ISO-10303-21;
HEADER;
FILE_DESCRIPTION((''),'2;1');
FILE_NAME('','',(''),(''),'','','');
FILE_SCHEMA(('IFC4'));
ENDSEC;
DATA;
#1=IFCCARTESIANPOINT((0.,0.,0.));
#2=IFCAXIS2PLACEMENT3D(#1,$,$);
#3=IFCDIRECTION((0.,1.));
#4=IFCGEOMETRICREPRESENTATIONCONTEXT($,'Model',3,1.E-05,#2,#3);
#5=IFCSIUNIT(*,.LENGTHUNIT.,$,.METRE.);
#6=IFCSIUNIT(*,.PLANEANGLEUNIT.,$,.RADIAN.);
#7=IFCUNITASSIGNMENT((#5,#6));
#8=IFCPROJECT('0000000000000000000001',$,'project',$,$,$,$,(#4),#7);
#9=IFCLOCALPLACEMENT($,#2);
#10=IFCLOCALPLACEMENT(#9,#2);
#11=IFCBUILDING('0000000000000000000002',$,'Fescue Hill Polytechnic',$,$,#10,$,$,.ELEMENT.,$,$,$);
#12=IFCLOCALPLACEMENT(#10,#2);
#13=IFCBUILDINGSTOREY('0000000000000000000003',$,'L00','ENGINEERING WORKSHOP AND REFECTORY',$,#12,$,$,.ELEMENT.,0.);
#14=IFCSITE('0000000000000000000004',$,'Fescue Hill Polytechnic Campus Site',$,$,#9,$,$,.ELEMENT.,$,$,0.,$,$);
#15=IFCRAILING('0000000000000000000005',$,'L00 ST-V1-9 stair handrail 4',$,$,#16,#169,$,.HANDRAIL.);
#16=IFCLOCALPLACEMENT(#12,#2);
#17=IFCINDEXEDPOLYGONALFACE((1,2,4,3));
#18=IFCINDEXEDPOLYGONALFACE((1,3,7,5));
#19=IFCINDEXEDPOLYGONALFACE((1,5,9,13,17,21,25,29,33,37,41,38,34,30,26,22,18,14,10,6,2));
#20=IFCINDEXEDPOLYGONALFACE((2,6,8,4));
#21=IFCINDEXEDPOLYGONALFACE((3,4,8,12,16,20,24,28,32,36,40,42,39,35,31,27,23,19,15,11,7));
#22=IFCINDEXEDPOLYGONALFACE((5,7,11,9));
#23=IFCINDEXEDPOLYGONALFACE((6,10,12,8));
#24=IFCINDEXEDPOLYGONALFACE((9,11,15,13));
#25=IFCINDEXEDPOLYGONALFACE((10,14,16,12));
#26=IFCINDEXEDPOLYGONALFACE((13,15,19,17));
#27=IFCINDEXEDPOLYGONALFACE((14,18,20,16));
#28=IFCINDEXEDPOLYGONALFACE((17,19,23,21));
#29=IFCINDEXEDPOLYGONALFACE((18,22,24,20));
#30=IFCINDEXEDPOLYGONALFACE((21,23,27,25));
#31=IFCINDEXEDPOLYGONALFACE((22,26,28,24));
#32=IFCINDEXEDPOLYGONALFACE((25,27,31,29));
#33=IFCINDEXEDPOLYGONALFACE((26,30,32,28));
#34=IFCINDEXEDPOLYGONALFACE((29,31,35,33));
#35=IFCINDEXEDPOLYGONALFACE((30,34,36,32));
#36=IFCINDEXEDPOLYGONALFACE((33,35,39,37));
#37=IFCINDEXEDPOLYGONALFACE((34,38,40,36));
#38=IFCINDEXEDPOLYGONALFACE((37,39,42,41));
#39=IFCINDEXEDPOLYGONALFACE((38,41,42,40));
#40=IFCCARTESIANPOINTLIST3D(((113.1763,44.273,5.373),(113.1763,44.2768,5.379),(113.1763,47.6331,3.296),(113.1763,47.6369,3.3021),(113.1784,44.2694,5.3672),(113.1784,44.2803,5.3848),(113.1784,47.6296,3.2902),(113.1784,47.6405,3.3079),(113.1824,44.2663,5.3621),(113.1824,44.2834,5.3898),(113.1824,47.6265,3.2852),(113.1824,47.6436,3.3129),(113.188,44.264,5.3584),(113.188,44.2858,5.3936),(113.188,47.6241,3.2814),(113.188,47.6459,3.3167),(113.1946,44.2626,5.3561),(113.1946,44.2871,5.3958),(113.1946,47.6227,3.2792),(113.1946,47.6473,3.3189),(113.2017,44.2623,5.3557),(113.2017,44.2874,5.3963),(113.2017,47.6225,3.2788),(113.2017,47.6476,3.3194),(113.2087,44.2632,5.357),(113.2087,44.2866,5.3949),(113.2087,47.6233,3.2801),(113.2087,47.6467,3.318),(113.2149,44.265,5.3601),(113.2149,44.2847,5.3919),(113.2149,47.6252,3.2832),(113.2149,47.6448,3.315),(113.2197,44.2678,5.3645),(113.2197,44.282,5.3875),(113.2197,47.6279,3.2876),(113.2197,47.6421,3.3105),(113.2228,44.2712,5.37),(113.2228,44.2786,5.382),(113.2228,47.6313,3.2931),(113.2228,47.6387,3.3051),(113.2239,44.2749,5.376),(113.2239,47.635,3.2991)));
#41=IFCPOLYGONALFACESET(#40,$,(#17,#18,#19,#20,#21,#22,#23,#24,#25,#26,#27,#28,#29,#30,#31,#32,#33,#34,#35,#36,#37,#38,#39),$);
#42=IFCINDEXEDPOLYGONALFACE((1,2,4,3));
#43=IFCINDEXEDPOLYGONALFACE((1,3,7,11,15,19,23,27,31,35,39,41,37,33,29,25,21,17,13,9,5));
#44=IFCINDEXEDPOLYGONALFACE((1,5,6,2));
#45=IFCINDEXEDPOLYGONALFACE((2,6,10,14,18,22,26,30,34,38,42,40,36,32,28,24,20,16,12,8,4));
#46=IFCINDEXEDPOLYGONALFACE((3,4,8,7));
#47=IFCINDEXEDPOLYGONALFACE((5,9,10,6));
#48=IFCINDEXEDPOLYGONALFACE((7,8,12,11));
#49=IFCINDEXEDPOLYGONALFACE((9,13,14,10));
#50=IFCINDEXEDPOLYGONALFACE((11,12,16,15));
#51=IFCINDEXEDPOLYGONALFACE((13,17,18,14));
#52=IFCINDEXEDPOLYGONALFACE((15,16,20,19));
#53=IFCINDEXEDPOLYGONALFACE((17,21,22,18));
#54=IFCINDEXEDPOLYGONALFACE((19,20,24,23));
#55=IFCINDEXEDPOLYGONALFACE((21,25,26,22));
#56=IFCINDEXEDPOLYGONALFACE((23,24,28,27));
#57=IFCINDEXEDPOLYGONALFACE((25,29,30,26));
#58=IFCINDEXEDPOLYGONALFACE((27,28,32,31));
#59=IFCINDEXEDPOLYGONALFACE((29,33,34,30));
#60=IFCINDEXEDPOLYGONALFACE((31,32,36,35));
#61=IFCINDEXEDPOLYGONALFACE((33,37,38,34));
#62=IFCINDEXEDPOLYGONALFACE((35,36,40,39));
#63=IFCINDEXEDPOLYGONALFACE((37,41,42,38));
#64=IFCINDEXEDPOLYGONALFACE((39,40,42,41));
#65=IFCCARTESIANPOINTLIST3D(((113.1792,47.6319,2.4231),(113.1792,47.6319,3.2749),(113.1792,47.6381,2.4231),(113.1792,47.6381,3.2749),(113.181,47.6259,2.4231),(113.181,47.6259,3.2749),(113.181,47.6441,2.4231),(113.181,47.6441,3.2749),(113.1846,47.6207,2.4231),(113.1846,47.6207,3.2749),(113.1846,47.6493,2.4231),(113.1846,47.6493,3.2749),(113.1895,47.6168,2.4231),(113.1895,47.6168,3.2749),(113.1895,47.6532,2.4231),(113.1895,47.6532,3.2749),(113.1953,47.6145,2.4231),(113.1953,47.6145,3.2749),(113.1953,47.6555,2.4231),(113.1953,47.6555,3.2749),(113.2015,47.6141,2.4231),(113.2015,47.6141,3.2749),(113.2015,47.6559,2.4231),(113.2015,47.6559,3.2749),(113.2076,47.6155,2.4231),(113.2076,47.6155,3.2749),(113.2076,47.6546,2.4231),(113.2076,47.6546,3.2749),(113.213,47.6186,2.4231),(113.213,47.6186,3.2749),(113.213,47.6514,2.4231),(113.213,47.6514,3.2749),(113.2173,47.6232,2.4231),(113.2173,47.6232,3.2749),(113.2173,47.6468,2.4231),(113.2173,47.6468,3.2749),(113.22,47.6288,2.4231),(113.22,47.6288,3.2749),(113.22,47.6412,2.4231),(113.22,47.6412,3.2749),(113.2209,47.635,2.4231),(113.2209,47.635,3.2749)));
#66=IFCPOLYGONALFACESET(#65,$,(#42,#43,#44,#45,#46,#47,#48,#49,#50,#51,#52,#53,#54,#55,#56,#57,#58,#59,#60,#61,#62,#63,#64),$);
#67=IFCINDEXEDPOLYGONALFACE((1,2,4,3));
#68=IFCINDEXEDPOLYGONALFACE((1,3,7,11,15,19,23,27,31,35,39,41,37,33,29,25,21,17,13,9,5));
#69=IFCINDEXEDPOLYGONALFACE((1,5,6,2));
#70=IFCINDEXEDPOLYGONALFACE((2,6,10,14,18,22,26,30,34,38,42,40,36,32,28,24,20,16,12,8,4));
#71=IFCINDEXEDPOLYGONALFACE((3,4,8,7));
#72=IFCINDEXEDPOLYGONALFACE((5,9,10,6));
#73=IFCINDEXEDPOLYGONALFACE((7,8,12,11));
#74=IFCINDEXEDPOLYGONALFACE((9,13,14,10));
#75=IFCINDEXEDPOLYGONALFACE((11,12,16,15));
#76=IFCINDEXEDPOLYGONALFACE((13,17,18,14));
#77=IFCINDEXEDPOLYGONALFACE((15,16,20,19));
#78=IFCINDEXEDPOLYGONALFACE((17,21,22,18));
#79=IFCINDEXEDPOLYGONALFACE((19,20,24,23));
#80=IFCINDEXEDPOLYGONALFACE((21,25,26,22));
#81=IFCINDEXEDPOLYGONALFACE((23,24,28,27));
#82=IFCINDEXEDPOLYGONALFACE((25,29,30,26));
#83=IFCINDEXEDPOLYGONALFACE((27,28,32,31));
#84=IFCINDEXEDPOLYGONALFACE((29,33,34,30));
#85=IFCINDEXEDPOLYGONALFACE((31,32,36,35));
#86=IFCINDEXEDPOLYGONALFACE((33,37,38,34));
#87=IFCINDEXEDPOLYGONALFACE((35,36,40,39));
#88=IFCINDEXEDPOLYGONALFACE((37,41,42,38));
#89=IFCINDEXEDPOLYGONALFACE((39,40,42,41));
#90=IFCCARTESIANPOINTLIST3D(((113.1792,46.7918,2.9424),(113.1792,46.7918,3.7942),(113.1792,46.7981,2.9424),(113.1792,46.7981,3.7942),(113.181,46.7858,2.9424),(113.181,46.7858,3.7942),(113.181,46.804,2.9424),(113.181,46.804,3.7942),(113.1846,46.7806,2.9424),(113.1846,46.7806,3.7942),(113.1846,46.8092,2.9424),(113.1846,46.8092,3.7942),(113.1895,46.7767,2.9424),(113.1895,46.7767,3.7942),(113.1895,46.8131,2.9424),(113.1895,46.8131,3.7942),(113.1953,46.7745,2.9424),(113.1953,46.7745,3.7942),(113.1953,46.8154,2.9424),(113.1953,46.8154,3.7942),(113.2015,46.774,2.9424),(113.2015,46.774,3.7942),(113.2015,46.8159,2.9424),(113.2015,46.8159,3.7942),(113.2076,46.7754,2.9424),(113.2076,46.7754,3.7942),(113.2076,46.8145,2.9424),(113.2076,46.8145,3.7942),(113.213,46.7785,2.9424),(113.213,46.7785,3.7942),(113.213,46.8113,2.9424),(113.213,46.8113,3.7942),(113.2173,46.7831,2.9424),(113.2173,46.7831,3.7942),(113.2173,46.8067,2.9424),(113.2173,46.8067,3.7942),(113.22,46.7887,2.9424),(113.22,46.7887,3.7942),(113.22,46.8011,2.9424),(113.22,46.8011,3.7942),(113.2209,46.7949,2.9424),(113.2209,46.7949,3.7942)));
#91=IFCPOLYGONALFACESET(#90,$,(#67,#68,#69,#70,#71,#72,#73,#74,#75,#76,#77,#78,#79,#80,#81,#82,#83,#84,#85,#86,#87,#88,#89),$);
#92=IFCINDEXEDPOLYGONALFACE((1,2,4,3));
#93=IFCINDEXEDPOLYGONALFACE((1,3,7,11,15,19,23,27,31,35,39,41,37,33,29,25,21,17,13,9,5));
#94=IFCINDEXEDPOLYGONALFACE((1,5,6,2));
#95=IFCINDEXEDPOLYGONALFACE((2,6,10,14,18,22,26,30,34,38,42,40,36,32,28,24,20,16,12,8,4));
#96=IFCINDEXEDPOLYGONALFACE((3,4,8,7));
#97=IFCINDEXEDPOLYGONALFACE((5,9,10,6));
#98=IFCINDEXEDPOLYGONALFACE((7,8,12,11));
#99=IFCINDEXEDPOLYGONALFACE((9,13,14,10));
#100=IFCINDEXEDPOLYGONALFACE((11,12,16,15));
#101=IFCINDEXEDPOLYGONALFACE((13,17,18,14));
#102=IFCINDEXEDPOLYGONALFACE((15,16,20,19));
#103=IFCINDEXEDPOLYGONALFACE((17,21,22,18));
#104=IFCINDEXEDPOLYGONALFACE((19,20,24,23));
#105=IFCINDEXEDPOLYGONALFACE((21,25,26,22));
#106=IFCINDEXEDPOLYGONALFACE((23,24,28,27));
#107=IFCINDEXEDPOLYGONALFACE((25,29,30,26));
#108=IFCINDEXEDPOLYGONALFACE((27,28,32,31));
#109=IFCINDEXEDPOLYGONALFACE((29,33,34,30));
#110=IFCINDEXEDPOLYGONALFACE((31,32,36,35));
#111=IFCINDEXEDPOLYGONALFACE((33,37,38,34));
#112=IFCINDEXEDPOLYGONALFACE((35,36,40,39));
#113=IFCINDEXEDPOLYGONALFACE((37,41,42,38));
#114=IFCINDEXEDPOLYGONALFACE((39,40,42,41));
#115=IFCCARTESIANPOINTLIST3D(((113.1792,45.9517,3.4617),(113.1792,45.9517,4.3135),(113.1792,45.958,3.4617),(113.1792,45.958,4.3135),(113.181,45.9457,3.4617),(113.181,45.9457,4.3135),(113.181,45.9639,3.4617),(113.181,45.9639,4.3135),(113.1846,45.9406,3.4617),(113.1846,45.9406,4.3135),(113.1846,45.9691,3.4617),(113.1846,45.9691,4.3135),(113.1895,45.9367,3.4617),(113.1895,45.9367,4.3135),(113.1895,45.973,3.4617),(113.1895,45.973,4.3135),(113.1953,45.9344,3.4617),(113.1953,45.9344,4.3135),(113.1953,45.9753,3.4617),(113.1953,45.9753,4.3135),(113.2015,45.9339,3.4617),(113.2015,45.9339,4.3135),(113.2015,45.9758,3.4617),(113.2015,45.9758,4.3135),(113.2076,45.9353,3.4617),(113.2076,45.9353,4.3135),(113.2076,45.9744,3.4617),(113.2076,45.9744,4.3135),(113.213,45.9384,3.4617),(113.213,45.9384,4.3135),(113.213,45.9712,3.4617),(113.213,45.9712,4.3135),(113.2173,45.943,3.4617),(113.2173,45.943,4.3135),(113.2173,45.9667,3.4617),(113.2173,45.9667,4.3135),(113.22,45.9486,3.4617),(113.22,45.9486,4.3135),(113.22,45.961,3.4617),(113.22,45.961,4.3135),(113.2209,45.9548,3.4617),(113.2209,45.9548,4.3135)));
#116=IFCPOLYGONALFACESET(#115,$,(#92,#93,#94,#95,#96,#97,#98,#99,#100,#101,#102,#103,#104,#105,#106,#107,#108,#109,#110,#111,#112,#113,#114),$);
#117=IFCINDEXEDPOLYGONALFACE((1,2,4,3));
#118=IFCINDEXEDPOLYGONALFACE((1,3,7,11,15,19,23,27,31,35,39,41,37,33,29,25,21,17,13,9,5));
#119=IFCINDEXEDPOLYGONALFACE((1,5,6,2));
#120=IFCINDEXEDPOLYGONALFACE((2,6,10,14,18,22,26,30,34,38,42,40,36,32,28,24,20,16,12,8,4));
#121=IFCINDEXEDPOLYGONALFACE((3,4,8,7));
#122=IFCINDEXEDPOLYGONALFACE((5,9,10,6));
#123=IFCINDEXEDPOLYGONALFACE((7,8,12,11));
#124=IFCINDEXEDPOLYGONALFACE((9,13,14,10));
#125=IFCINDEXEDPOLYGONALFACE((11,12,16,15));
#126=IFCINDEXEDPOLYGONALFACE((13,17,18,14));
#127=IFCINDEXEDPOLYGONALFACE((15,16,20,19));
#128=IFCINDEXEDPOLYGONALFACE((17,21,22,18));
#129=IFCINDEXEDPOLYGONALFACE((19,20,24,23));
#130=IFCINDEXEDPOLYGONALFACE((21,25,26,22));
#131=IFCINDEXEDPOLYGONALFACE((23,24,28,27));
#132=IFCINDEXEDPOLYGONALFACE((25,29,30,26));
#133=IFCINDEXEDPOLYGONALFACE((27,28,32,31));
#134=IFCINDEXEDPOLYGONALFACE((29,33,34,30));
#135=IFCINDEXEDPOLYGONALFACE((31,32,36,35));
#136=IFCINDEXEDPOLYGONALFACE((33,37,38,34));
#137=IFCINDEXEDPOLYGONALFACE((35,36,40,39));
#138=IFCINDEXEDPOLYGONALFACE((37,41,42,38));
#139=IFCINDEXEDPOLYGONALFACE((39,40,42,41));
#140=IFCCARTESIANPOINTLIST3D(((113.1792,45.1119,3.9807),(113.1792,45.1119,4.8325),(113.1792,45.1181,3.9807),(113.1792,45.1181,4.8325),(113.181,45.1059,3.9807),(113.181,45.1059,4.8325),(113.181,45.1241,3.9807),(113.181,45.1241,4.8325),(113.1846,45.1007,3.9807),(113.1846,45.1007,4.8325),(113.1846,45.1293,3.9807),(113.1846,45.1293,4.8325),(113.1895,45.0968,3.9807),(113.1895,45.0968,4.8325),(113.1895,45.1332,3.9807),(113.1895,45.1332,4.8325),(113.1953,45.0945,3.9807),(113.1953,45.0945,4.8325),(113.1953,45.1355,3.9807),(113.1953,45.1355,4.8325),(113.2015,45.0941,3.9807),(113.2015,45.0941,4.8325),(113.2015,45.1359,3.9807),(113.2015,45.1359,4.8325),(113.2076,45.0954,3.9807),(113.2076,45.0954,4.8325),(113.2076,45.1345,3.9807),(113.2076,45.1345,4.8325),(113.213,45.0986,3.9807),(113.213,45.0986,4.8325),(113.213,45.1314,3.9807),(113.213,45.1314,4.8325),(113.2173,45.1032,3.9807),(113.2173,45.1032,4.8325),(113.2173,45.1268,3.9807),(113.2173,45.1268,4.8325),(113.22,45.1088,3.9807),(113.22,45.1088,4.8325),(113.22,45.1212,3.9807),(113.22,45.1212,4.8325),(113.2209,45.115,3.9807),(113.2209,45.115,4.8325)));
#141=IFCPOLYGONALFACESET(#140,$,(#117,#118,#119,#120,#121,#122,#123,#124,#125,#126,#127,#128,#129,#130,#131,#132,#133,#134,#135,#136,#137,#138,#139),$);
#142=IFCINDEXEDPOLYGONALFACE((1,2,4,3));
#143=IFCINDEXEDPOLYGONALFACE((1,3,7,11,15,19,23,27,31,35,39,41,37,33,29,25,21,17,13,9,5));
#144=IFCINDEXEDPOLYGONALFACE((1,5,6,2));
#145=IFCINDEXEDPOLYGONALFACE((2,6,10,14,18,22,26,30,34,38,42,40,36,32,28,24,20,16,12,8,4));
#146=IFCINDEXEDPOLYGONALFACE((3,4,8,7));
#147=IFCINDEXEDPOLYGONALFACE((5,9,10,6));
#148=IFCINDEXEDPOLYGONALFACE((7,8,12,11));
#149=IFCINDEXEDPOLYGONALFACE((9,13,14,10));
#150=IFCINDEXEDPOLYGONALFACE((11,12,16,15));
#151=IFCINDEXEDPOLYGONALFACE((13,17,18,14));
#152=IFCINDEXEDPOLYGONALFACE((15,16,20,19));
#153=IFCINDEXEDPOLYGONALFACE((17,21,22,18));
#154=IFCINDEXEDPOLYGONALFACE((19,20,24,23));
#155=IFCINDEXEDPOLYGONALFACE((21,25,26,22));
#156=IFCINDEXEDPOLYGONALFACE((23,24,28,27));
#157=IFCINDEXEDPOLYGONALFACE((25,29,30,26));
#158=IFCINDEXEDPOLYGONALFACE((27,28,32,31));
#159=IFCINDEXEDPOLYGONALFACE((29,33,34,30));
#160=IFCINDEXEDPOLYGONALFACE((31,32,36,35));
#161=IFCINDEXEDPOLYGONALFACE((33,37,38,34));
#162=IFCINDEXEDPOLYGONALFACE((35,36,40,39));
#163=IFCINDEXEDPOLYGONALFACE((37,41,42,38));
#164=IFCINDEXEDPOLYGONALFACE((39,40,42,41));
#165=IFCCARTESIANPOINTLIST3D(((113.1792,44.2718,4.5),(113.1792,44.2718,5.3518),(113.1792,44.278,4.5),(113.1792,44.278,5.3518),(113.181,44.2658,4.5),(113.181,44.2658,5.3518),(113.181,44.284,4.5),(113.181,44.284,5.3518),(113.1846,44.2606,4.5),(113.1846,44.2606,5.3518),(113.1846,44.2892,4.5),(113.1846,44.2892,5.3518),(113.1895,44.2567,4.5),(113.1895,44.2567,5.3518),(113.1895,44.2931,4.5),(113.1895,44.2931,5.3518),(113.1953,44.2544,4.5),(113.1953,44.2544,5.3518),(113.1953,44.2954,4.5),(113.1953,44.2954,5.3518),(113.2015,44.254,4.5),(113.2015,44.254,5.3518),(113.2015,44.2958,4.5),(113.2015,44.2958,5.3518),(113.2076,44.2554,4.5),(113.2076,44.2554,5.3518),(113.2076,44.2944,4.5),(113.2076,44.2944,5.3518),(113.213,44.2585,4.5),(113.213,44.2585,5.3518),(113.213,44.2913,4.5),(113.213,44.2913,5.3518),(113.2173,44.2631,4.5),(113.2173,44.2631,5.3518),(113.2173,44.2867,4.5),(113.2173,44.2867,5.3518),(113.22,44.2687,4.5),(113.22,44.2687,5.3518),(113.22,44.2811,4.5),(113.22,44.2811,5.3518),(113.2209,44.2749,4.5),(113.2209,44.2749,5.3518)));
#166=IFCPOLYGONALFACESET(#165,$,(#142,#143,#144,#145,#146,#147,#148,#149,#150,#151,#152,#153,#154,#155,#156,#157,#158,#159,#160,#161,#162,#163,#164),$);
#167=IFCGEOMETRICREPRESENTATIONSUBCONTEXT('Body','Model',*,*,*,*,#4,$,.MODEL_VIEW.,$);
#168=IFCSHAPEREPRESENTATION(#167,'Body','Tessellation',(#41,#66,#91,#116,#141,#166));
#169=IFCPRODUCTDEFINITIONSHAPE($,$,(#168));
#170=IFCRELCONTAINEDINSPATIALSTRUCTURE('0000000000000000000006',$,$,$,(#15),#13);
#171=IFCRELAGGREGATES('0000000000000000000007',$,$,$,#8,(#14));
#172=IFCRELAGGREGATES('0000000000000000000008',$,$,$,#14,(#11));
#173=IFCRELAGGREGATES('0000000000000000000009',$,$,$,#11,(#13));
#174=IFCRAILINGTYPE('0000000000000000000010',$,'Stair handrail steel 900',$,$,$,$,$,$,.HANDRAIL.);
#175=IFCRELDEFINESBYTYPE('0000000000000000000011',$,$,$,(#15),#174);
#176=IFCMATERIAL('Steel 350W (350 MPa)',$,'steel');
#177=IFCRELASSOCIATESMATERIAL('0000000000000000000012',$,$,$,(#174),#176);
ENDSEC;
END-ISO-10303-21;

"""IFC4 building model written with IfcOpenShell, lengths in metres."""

from ifc_helpers import new_model, si_unit, direction, frame, origin, origin_2d, place, context, subcontext, project, spatial, circle, extrude, material, type_object, element, save


model = new_model("IFC4")

# Units and contexts
model_context = context("Model", 3, precision=1e-05, world=origin(), true_north=direction((0.0, 1.0)))
body_context = subcontext(model_context, "Body", "Model", "MODEL_VIEW")
ifc_project = project(units=[si_unit("LENGTHUNIT", "METRE"), si_unit("PLANEANGLEUNIT", "RADIAN")], contexts=[model_context])

# Site, building, storey
site_placement = place(None, origin())
site = spatial("IfcSite", under=ifc_project, at=site_placement, Name="Fescue Hill Polytechnic Campus Site", CompositionType="ELEMENT", RefElevation=0.0)
building_placement = place(site_placement, origin())
building = spatial("IfcBuilding", under=site, at=building_placement, Name="Fescue Hill Polytechnic", CompositionType="ELEMENT")
storey_placement = place(building_placement, origin())
storey = spatial("IfcBuildingStorey", under=building, at=storey_placement, Name="L00", Description="ENGINEERING WORKSHOP AND REFECTORY", CompositionType="ELEMENT", Elevation=0.0)

# Railing
ifc_material_1 = material(Name="Steel 350W (350 MPa)", Category="steel")
railing_type_1 = type_object("IfcRailingType", Name="Stair handrail steel 900", PredefinedType="HANDRAIL", material=ifc_material_1)
railing_1_placement = place(storey_placement, frame((113.2, 47.635, 2.4231)))
element("IfcRailing", 1, at=railing_1_placement, inside=storey, type_object=railing_type_1, Name="L00 ST-V1-9 stair handrail 4", PredefinedType="HANDRAIL", context=body_context, shape_type="SweptSolid", body=[
    extrude(circle(Radius=0.0239, at=origin_2d()), frame((0.0, 0.0, 0.876), z_axis=(0.0, -0.850623, 0.525776), x_axis=(1.0, 0.0, 0.0)), (0.0, 0.0, 1.0), 3.9502),
    extrude(circle(Radius=0.021, at=origin_2d()), origin(), (0.0, 0.0, 1.0), 0.8518),
    extrude(circle(Radius=0.021, at=origin_2d()), frame((0.0, -0.8401, 0.5193)), (0.0, 0.0, 1.0), 0.8518),
    extrude(circle(Radius=0.021, at=origin_2d()), frame((0.0, -1.6802, 1.0386)), (0.0, 0.0, 1.0), 0.8518),
    extrude(circle(Radius=0.021, at=origin_2d()), frame((0.0, -2.52, 1.5576)), (0.0, 0.0, 1.0), 0.8518),
    extrude(circle(Radius=0.021, at=origin_2d()), frame((0.0, -3.3601, 2.0769)), (0.0, 0.0, 1.0), 0.8518),
])

save(model, "model.ifc")
